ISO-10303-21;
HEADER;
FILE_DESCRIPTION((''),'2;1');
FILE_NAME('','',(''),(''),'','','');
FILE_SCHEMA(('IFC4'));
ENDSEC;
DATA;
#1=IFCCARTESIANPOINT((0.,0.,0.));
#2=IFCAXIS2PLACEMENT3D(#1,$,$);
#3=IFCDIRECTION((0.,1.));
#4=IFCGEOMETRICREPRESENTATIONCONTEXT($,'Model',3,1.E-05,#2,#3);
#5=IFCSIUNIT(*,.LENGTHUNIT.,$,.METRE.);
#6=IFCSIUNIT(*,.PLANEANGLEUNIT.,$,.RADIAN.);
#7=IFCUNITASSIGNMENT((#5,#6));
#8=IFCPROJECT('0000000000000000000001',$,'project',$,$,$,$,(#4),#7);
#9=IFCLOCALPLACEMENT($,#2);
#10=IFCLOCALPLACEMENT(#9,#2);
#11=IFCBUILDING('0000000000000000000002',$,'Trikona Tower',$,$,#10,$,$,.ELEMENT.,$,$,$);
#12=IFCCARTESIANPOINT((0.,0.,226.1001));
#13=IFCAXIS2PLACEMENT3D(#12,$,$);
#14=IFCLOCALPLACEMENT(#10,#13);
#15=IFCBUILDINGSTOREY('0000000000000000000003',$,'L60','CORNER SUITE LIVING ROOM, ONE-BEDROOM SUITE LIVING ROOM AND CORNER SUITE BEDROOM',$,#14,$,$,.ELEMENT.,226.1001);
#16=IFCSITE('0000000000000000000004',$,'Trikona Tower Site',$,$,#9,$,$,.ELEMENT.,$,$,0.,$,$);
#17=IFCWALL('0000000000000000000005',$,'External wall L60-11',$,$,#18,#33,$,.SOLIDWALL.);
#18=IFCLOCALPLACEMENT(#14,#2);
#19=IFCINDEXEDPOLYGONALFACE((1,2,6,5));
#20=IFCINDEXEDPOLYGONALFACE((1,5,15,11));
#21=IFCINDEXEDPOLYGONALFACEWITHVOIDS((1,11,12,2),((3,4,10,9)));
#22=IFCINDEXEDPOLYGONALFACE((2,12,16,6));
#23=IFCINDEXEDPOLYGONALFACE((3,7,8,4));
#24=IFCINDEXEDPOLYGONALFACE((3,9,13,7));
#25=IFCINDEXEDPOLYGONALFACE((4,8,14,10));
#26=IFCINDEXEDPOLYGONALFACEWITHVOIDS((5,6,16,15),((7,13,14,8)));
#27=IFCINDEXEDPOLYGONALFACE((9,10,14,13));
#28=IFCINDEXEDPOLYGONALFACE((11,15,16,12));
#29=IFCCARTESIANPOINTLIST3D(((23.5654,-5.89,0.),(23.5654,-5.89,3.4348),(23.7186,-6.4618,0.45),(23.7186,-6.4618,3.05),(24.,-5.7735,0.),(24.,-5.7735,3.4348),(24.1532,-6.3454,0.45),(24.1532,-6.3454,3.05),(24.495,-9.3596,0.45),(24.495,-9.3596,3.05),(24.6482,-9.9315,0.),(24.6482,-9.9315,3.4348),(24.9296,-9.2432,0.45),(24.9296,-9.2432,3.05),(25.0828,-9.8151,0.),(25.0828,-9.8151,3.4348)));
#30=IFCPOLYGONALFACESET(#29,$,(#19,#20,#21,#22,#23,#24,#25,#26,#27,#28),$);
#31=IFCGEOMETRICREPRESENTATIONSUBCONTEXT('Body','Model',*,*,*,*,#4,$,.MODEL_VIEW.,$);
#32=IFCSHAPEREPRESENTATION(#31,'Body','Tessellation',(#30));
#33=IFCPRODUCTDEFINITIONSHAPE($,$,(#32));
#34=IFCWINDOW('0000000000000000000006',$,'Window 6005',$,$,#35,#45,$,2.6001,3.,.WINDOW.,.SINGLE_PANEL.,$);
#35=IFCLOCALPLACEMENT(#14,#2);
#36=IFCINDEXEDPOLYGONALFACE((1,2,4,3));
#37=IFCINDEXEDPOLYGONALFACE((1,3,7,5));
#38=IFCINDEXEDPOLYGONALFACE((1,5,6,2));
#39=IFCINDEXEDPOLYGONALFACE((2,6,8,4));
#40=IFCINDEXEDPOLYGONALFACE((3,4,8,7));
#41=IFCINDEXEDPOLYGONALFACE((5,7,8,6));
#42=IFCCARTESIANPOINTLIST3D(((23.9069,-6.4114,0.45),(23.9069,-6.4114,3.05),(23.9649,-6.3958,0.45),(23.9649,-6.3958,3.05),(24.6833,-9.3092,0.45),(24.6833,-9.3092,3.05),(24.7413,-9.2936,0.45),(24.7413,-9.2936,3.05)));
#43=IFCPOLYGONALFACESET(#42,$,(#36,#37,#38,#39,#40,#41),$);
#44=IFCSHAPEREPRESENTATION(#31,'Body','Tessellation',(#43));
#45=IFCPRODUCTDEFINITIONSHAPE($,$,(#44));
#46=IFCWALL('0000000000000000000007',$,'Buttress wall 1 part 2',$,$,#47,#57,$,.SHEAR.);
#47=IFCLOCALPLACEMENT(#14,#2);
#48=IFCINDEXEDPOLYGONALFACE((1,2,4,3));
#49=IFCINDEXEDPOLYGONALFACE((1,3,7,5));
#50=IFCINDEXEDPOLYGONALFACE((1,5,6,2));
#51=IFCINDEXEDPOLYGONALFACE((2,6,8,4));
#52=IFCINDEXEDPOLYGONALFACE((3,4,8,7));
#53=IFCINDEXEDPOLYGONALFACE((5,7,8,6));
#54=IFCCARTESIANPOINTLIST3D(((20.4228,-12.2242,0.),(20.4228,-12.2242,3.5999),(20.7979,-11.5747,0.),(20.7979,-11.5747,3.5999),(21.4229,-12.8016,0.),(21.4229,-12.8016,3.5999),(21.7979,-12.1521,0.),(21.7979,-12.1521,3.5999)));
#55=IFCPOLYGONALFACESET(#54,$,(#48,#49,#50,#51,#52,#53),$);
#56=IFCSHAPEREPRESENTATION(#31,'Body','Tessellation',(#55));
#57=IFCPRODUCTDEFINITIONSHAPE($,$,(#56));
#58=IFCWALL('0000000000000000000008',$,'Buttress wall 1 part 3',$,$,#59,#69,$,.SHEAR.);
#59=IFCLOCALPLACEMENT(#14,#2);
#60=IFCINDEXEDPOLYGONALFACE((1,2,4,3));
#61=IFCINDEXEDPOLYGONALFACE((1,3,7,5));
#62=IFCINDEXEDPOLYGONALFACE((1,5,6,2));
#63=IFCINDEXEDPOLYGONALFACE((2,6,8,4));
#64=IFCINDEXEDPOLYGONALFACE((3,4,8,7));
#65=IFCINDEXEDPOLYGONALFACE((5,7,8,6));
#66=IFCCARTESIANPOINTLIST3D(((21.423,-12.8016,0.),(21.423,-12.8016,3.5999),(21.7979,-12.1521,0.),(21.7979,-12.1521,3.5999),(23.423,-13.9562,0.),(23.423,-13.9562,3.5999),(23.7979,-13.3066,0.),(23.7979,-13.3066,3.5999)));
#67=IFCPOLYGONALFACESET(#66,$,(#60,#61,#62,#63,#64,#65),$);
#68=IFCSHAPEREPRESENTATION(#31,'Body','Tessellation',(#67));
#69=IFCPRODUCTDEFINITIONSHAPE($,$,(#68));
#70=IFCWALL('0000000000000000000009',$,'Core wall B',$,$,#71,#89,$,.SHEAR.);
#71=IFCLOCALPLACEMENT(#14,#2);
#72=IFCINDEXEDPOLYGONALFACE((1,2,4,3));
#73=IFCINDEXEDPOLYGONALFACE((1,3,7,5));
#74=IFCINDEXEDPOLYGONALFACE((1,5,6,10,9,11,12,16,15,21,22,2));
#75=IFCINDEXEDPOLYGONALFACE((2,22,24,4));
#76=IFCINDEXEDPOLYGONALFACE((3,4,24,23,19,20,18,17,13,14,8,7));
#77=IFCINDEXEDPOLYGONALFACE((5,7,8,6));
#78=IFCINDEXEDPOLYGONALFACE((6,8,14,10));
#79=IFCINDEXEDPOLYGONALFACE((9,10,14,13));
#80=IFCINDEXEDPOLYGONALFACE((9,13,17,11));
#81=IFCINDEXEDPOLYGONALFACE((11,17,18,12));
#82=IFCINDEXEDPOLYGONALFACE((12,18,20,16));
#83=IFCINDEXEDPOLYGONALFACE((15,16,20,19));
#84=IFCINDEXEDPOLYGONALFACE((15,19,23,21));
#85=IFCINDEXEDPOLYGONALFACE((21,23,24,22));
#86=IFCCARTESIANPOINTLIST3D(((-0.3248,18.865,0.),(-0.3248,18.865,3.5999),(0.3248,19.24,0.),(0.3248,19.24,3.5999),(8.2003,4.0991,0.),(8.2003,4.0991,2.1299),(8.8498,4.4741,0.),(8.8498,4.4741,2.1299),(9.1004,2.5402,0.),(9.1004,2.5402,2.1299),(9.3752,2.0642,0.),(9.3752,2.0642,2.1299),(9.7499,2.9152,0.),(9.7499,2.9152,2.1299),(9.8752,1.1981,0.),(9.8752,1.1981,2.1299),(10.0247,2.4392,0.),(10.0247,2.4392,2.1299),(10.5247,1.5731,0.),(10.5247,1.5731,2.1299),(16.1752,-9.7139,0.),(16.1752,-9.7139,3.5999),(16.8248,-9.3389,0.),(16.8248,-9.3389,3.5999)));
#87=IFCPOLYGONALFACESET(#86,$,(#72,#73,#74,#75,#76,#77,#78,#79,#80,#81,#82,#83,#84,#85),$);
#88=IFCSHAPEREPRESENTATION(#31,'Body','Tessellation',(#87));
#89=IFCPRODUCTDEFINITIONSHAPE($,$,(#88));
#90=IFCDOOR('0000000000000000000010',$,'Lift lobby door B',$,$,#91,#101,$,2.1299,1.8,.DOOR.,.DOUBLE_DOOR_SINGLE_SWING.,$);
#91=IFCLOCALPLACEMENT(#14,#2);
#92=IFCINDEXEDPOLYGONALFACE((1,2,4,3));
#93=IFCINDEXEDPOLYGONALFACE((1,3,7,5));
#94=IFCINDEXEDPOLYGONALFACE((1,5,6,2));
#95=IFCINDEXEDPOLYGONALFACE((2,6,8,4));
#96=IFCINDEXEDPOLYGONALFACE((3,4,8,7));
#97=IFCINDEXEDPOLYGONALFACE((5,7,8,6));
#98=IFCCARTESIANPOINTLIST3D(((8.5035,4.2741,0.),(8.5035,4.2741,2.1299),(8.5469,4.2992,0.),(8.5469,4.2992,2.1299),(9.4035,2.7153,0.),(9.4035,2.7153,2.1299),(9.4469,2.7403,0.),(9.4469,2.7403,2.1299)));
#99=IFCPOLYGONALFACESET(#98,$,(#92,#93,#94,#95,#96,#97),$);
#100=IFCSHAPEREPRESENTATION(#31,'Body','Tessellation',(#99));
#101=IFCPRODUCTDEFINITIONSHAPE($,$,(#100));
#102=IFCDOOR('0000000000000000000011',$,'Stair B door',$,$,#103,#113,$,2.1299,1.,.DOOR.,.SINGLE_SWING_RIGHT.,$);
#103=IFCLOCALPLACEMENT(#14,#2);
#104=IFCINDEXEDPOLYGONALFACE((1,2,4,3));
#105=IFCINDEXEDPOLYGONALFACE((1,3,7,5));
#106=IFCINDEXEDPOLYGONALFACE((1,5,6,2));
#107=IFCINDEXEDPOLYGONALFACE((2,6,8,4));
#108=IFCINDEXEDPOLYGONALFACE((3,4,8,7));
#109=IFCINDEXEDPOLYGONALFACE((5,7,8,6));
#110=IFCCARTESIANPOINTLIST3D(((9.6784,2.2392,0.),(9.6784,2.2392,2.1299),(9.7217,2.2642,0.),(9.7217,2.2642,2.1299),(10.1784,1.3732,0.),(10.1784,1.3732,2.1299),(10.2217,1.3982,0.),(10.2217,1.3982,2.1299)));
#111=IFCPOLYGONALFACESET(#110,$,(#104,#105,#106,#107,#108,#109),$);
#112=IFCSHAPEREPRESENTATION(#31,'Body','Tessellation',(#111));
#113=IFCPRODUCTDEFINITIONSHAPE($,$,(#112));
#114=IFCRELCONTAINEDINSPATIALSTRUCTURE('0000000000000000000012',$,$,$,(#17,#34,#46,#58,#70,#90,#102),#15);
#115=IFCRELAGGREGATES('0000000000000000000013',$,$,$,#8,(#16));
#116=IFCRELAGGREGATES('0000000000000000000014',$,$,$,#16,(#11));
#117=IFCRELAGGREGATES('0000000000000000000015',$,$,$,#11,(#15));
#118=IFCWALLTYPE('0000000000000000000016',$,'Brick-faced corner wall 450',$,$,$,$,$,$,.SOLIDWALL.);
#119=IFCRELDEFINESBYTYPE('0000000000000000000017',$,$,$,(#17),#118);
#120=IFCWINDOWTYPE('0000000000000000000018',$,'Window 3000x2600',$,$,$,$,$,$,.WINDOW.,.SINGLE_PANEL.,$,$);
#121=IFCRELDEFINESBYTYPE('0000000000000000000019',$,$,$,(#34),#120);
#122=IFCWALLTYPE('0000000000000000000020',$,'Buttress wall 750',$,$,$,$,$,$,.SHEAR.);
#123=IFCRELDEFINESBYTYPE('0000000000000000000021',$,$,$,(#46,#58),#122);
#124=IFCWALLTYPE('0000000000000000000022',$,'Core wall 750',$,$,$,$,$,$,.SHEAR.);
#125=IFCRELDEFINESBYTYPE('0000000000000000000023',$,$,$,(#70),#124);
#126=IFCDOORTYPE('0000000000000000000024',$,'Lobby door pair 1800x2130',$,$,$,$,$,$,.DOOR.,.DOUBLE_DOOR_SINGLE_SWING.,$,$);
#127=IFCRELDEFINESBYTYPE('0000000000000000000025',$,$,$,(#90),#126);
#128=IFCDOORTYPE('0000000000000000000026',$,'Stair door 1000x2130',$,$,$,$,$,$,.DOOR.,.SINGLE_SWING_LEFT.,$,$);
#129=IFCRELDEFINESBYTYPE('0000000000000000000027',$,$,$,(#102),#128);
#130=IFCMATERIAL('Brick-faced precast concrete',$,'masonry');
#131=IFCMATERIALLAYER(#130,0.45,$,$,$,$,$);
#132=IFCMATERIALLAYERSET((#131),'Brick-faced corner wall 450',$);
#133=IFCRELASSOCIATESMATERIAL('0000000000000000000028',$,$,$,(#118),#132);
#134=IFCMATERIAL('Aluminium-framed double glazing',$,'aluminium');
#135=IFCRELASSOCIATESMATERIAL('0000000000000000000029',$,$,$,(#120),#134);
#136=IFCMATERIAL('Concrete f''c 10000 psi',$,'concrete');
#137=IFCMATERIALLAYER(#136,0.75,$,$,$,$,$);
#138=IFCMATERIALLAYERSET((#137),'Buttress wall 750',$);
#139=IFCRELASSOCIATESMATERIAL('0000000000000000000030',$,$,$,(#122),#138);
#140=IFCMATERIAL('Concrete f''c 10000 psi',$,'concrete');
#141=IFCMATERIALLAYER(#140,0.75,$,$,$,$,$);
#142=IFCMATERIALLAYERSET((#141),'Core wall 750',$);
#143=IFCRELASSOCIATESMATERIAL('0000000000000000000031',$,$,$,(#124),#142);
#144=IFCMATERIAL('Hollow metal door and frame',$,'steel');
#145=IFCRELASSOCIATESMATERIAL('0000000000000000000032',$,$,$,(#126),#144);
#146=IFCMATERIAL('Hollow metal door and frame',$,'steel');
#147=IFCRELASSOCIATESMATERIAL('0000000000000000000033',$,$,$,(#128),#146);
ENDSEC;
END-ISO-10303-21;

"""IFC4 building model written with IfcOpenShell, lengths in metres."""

from ifc_helpers import new_model, si_unit, direction, frame, frame_2d, origin, place, context, subcontext, project, spatial, rectangle, extrude, material, layer, layer_set, type_object, element, fill, save


model = new_model("IFC4")

# Units and contexts
model_context = context("Model", 3, precision=1e-05, world=origin(), true_north=direction((0.0, 1.0)))
body_context = subcontext(model_context, "Body", "Model", "MODEL_VIEW")
ifc_project = project(units=[si_unit("LENGTHUNIT", "METRE"), si_unit("PLANEANGLEUNIT", "RADIAN")], contexts=[model_context])

# Site, building, storey
site_placement = place(None, origin())
site = spatial("IfcSite", under=ifc_project, at=site_placement, Name="Trikona Tower Site", CompositionType="ELEMENT", RefElevation=0.0)
building_placement = place(site_placement, origin())
building = spatial("IfcBuilding", under=site, at=building_placement, Name="Trikona Tower", CompositionType="ELEMENT")
storey_placement = place(building_placement, frame((0.0, 0.0, 226.1001)))
storey = spatial("IfcBuildingStorey", under=building, at=storey_placement, Name="L60", Description="CORNER SUITE LIVING ROOM, ONE-BEDROOM SUITE LIVING ROOM AND CORNER SUITE BEDROOM", CompositionType="ELEMENT", Elevation=226.1001)

# Wall, opening, window
ifc_material_1 = material(Name="Brick-faced precast concrete", Category="masonry")
ifc_layer_1 = layer(ifc_material_1, 0.45)
ifc_layer_set_1 = layer_set([ifc_layer_1], Name="Brick-faced corner wall 450")
wall_type_1 = type_object("IfcWallType", Name="Brick-faced corner wall 450", PredefinedType="SOLIDWALL", material=ifc_layer_set_1)
wall_1_placement = place(storey_placement, frame((24.8655, -9.8733, 0.0), z_axis=(0.0, 0.0, 1.0), x_axis=(-0.258785, 0.965935, 0.0)))
wall_1 = element("IfcWall", 1, at=wall_1_placement, inside=storey, type_object=wall_type_1, Name="External wall L60-11", PredefinedType="SOLIDWALL", context=body_context, shape_type="SweptSolid", body=[
    extrude(rectangle(XDim=4.1841, YDim=0.45, at=frame_2d((2.092, 0.0))), origin(), (0.0, 0.0, 1.0), 3.4348),
])
opening_1_placement = place(wall_1_placement, frame((0.592, 0.0, 0.45)))
opening_1 = element("IfcOpeningElement", 2, at=opening_1_placement, cuts=wall_1, PredefinedType="OPENING", context=body_context, shape_type="SweptSolid", body=[
    extrude(rectangle(XDim=3.0, YDim=2.6001, at=frame_2d((1.5, 1.3))), frame((0.0, 0.2349, 0.0), z_axis=(0.0, -1.0, 0.0), x_axis=(1.0, 0.0, 0.0)), (0.0, 0.0, 1.0), 0.47),
])
ifc_material_2 = material(Name="Aluminium-framed double glazing", Category="aluminium")
window_type_1 = type_object("IfcWindowType", Name="Window 3000x2600", PartitioningType="SINGLE_PANEL", PredefinedType="WINDOW", material=ifc_material_2)
window_1_placement = place(opening_1_placement, origin())
window_1 = element("IfcWindow", 3, at=window_1_placement, inside=storey, type_object=window_type_1, Name="Window 6005", OverallHeight=2.6001, OverallWidth=3.0, PartitioningType="SINGLE_PANEL", PredefinedType="WINDOW", context=body_context, shape_type="SweptSolid", body=[
    extrude(rectangle(XDim=3.0, YDim=2.6001, at=frame_2d((1.5, 1.3))), frame((0.0, 0.03, 0.0), z_axis=(0.0, -1.0, 0.0), x_axis=(1.0, 0.0, 0.0)), (0.0, 0.0, 1.0), 0.0601),
])
fill(opening_1, window_1)

# Walls
ifc_material_3 = material(Name="Concrete f'c 10000 psi", Category="concrete")
ifc_layer_2 = layer(ifc_material_3, 0.75)
ifc_layer_set_2 = layer_set([ifc_layer_2], Name="Buttress wall 750")
wall_type_2 = type_object("IfcWallType", Name="Buttress wall 750", PredefinedType="SHEAR", material=ifc_layer_set_2)
wall_2_placement = place(storey_placement, frame((20.6104, -11.8994, 0.0), z_axis=(0.0, 0.0, 1.0), x_axis=(0.86601, -0.500027, 0.0)))
element("IfcWall", 4, at=wall_2_placement, inside=storey, type_object=wall_type_2, Name="Buttress wall 1 part 2", PredefinedType="SHEAR", context=body_context, shape_type="SweptSolid", body=[
    extrude(rectangle(XDim=1.1548, YDim=0.75, at=frame_2d((0.5774, 0.0))), origin(), (0.0, 0.0, 1.0), 3.5999),
])
wall_3_placement = place(storey_placement, frame((21.6104, -12.4768, 0.0), z_axis=(0.0, 0.0, 1.0), x_axis=(0.866055, -0.499948, 0.0)))
element("IfcWall", 5, at=wall_3_placement, inside=storey, type_object=wall_type_2, Name="Buttress wall 1 part 3", PredefinedType="SHEAR", context=body_context, shape_type="SweptSolid", body=[
    extrude(rectangle(XDim=2.3093, YDim=0.75, at=frame_2d((1.1548, 0.0))), origin(), (0.0, 0.0, 1.0), 3.5999),
])

# Wall, openings, doors
ifc_material_4 = material(Name="Concrete f'c 10000 psi", Category="concrete")
ifc_layer_3 = layer(ifc_material_4, 0.75)
ifc_layer_set_3 = layer_set([ifc_layer_3], Name="Core wall 750")
wall_type_3 = type_object("IfcWallType", Name="Core wall 750", PredefinedType="SHEAR", material=ifc_layer_set_3)
wall_4_placement = place(storey_placement, frame((16.5, -9.5264, 0.0), z_axis=(0.0, 0.0, 1.0), x_axis=(-0.5, 0.866026, 0.0)))
wall_4 = element("IfcWall", 6, at=wall_4_placement, inside=storey, type_object=wall_type_3, Name="Core wall B", PredefinedType="SHEAR", context=body_context, shape_type="SweptSolid", body=[
    extrude(rectangle(XDim=33.0, YDim=0.75, at=frame_2d((16.5, 0.0))), origin(), (0.0, 0.0, 1.0), 3.5999),
])
opening_2_placement = place(wall_4_placement, frame((14.1499, 0.0, 0.0)))
opening_2 = element("IfcOpeningElement", 7, at=opening_2_placement, cuts=wall_4, PredefinedType="OPENING", context=body_context, shape_type="SweptSolid", body=[
    extrude(rectangle(XDim=1.8, YDim=2.1299, at=frame_2d((0.8999, 1.0649))), frame((0.0, 0.385, 0.0), z_axis=(0.0, -1.0, 0.0), x_axis=(1.0, 0.0, 0.0)), (0.0, 0.0, 1.0), 0.77),
])
opening_3_placement = place(wall_4_placement, frame((12.6001, 0.0, 0.0)))
opening_3 = element("IfcOpeningElement", 8, at=opening_3_placement, cuts=wall_4, PredefinedType="OPENING", context=body_context, shape_type="SweptSolid", body=[
    extrude(rectangle(XDim=1.0, YDim=2.1299, at=frame_2d((0.5, 1.0649))), frame((0.0, 0.385, 0.0), z_axis=(0.0, -1.0, 0.0), x_axis=(1.0, 0.0, 0.0)), (0.0, 0.0, 1.0), 0.77),
])
ifc_material_5 = material(Name="Hollow metal door and frame", Category="steel")
door_type_1 = type_object("IfcDoorType", Name="Lobby door pair 1800x2130", OperationType="DOUBLE_DOOR_SINGLE_SWING", PredefinedType="DOOR", material=ifc_material_5)
door_1_placement = place(opening_2_placement, origin())
door_1 = element("IfcDoor", 9, at=door_1_placement, inside=storey, type_object=door_type_1, Name="Lift lobby door B", OperationType="DOUBLE_DOOR_SINGLE_SWING", OverallHeight=2.1299, OverallWidth=1.8, PredefinedType="DOOR", context=body_context, shape_type="SweptSolid", body=[
    extrude(rectangle(XDim=1.8, YDim=2.1299, at=frame_2d((0.8999, 1.0649))), frame((0.0, 0.0249, 0.0), z_axis=(0.0, -1.0, 0.0), x_axis=(1.0, 0.0, 0.0)), (0.0, 0.0, 1.0), 0.05),
])
fill(opening_2, door_1)
ifc_material_6 = material(Name="Hollow metal door and frame", Category="steel")
door_type_2 = type_object("IfcDoorType", Name="Stair door 1000x2130", OperationType="SINGLE_SWING_LEFT", PredefinedType="DOOR", material=ifc_material_6)
door_2_placement = place(opening_3_placement, origin())
door_2 = element("IfcDoor", 10, at=door_2_placement, inside=storey, type_object=door_type_2, Name="Stair B door", OperationType="SINGLE_SWING_RIGHT", OverallHeight=2.1299, OverallWidth=1.0, PredefinedType="DOOR", context=body_context, shape_type="SweptSolid", body=[
    extrude(rectangle(XDim=1.0, YDim=2.1299, at=frame_2d((0.5, 1.0649))), frame((0.0, 0.0249, 0.0), z_axis=(0.0, -1.0, 0.0), x_axis=(1.0, 0.0, 0.0)), (0.0, 0.0, 1.0), 0.05),
])
fill(opening_3, door_2)

save(model, "model.ifc")
